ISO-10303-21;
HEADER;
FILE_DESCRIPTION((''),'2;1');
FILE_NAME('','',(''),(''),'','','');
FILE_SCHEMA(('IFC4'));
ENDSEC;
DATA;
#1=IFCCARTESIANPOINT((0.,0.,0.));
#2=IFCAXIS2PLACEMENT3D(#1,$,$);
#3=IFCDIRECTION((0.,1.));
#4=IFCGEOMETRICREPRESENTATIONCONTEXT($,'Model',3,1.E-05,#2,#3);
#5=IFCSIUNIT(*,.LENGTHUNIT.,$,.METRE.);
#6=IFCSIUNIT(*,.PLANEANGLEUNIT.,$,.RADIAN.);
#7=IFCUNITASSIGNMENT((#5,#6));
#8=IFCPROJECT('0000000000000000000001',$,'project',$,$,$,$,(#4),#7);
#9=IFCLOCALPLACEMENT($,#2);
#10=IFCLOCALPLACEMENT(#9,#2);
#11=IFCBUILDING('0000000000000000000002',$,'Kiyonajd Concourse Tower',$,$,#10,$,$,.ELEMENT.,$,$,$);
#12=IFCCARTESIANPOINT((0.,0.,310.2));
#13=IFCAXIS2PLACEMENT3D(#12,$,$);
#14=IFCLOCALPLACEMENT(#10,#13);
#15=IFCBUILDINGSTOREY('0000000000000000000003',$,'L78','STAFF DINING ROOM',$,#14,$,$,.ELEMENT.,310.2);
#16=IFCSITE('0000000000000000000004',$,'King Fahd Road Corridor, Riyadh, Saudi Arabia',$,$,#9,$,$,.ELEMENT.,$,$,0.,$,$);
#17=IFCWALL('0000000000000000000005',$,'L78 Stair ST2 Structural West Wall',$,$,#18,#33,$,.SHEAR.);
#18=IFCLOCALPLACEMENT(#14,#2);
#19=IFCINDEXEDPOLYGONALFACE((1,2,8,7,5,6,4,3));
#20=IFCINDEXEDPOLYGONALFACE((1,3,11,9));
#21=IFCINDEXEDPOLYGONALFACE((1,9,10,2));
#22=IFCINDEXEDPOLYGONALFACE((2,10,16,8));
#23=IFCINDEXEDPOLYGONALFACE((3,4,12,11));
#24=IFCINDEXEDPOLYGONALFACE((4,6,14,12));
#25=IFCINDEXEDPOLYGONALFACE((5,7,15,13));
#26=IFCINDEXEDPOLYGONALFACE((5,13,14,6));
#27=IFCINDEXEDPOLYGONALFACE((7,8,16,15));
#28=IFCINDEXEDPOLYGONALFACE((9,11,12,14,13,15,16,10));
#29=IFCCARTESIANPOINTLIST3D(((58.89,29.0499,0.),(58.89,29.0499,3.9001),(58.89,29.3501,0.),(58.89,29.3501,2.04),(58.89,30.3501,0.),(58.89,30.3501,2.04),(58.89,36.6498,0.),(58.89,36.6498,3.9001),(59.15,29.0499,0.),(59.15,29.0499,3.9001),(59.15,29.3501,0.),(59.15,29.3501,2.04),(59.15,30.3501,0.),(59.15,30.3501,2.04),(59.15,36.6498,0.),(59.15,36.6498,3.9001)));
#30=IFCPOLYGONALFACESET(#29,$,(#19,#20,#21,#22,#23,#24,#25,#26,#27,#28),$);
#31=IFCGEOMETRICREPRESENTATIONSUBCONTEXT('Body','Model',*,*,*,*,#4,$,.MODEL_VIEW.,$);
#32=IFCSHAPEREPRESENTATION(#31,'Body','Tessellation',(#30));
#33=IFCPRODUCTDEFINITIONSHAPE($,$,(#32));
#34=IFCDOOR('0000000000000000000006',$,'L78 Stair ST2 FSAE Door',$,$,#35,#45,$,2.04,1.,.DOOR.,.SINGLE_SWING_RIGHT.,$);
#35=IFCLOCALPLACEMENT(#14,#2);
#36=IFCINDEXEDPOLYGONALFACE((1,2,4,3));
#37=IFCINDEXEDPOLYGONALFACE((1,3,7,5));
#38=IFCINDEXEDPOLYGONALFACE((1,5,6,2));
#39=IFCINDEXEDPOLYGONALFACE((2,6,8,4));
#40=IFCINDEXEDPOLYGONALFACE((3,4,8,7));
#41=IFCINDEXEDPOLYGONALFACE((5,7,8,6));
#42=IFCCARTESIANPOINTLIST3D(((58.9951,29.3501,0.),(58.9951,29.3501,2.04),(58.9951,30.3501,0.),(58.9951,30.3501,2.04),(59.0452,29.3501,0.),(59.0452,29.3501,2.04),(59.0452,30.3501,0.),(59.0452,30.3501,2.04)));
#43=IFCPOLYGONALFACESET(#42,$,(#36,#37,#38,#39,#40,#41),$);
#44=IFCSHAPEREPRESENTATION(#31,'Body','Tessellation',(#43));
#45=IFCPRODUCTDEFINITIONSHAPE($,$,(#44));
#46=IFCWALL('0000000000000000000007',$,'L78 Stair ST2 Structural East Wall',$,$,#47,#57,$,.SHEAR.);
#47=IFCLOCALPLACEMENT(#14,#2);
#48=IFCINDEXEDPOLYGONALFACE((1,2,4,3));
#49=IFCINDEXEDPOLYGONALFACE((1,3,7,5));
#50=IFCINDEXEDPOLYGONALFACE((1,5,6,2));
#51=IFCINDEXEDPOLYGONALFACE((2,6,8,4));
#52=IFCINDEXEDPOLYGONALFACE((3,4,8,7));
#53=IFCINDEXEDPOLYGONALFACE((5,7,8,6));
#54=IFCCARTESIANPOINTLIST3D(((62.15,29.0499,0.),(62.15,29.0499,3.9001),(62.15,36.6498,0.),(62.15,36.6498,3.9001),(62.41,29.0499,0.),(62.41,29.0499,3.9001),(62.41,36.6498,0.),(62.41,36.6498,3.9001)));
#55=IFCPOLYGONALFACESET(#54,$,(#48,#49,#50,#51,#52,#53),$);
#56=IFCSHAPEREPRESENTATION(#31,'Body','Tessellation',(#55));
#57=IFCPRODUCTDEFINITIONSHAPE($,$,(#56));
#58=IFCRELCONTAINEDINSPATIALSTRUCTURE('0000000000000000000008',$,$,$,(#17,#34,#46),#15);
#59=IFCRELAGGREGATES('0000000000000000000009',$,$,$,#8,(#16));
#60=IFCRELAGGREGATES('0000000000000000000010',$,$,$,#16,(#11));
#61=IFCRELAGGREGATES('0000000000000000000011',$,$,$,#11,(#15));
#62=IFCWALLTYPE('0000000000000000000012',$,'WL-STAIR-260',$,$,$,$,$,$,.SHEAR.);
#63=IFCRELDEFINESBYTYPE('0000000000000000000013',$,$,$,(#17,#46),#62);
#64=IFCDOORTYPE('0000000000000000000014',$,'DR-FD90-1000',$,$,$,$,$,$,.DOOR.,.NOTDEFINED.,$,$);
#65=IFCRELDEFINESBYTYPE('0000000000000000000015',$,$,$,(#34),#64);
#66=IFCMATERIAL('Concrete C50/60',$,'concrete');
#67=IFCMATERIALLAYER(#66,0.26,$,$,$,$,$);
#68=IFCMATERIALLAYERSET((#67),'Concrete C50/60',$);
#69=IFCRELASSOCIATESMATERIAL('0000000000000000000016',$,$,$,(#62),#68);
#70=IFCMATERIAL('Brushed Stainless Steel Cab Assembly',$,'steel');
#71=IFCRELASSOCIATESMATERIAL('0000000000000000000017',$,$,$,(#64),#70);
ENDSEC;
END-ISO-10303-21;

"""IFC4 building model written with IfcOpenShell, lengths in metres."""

from ifc_helpers import new_model, si_unit, direction, frame, frame_2d, origin, place, context, subcontext, project, spatial, rectangle, extrude, material, layer, layer_set, type_object, element, fill, save


model = new_model("IFC4")

# Units and contexts
model_context = context("Model", 3, precision=1e-05, world=origin(), true_north=direction((0.0, 1.0)))
body_context = subcontext(model_context, "Body", "Model", "MODEL_VIEW")
ifc_project = project(units=[si_unit("LENGTHUNIT", "METRE"), si_unit("PLANEANGLEUNIT", "RADIAN")], contexts=[model_context])

# Site, building, storey
site_placement = place(None, origin())
site = spatial("IfcSite", under=ifc_project, at=site_placement, Name="King Fahd Road Corridor, Riyadh, Saudi Arabia", CompositionType="ELEMENT", RefElevation=0.0)
building_placement = place(site_placement, origin())
building = spatial("IfcBuilding", under=site, at=building_placement, Name="Kiyonajd Concourse Tower", CompositionType="ELEMENT")
storey_placement = place(building_placement, frame((0.0, 0.0, 310.2)))
storey = spatial("IfcBuildingStorey", under=building, at=storey_placement, Name="L78", Description="STAFF DINING ROOM", CompositionType="ELEMENT", Elevation=310.2)

# Shared definitions
ifc_material_1 = material(Name="Concrete C50/60", Category="concrete")
ifc_layer_1 = layer(ifc_material_1, 0.26)
ifc_layer_set_1 = layer_set([ifc_layer_1], Name="Concrete C50/60")
wall_type_1 = type_object("IfcWallType", Name="WL-STAIR-260", PredefinedType="SHEAR", material=ifc_layer_set_1)

# Wall, opening, door
wall_1_placement = place(storey_placement, frame((59.02, 29.05, 0.0), z_axis=(0.0, 0.0, 1.0), x_axis=(0.0, 1.0, 0.0)))
wall_1 = element("IfcWall", 1, at=wall_1_placement, inside=storey, type_object=wall_type_1, Name="L78 Stair ST2 Structural West Wall", PredefinedType="SHEAR", context=body_context, shape_type="SweptSolid", body=[
    extrude(rectangle(XDim=7.5999, YDim=0.26, at=frame_2d((3.7998, 0.0))), origin(), (0.0, 0.0, 1.0), 3.9001),
])
opening_1_placement = place(wall_1_placement, frame((0.3, 0.0, 0.0)))
opening_1 = element("IfcOpeningElement", 2, at=opening_1_placement, cuts=wall_1, PredefinedType="OPENING", context=body_context, shape_type="SweptSolid", body=[
    extrude(rectangle(XDim=1.0, YDim=2.04, at=frame_2d((0.5, 1.02))), frame((0.0, 0.1399, 0.0), z_axis=(0.0, -1.0, 0.0), x_axis=(1.0, 0.0, 0.0)), (0.0, 0.0, 1.0), 0.28),
])
ifc_material_2 = material(Name="Brushed Stainless Steel Cab Assembly", Category="steel")
door_type = type_object("IfcDoorType", Name="DR-FD90-1000", OperationType="NOTDEFINED", PredefinedType="DOOR", material=ifc_material_2)
door_placement = place(opening_1_placement, origin())
door = element("IfcDoor", 3, at=door_placement, inside=storey, type_object=door_type, Name="L78 Stair ST2 FSAE Door", OperationType="SINGLE_SWING_RIGHT", OverallHeight=2.04, OverallWidth=1.0, PredefinedType="DOOR", context=body_context, shape_type="SweptSolid", body=[
    extrude(rectangle(XDim=1.0, YDim=2.04, at=frame_2d((0.5, 1.02))), frame((0.0, 0.0249, 0.0), z_axis=(0.0, -1.0, 0.0), x_axis=(1.0, 0.0, 0.0)), (0.0, 0.0, 1.0), 0.05),
])
fill(opening_1, door)

# Wall
wall_2_placement = place(storey_placement, frame((62.28, 29.05, 0.0), z_axis=(0.0, 0.0, 1.0), x_axis=(0.0, 1.0, 0.0)))
element("IfcWall", 4, at=wall_2_placement, inside=storey, type_object=wall_type_1, Name="L78 Stair ST2 Structural East Wall", PredefinedType="SHEAR", context=body_context, shape_type="SweptSolid", body=[
    extrude(rectangle(XDim=7.5999, YDim=0.26, at=frame_2d((3.7998, 0.0))), origin(), (0.0, 0.0, 1.0), 3.9001),
])

save(model, "model.ifc")
